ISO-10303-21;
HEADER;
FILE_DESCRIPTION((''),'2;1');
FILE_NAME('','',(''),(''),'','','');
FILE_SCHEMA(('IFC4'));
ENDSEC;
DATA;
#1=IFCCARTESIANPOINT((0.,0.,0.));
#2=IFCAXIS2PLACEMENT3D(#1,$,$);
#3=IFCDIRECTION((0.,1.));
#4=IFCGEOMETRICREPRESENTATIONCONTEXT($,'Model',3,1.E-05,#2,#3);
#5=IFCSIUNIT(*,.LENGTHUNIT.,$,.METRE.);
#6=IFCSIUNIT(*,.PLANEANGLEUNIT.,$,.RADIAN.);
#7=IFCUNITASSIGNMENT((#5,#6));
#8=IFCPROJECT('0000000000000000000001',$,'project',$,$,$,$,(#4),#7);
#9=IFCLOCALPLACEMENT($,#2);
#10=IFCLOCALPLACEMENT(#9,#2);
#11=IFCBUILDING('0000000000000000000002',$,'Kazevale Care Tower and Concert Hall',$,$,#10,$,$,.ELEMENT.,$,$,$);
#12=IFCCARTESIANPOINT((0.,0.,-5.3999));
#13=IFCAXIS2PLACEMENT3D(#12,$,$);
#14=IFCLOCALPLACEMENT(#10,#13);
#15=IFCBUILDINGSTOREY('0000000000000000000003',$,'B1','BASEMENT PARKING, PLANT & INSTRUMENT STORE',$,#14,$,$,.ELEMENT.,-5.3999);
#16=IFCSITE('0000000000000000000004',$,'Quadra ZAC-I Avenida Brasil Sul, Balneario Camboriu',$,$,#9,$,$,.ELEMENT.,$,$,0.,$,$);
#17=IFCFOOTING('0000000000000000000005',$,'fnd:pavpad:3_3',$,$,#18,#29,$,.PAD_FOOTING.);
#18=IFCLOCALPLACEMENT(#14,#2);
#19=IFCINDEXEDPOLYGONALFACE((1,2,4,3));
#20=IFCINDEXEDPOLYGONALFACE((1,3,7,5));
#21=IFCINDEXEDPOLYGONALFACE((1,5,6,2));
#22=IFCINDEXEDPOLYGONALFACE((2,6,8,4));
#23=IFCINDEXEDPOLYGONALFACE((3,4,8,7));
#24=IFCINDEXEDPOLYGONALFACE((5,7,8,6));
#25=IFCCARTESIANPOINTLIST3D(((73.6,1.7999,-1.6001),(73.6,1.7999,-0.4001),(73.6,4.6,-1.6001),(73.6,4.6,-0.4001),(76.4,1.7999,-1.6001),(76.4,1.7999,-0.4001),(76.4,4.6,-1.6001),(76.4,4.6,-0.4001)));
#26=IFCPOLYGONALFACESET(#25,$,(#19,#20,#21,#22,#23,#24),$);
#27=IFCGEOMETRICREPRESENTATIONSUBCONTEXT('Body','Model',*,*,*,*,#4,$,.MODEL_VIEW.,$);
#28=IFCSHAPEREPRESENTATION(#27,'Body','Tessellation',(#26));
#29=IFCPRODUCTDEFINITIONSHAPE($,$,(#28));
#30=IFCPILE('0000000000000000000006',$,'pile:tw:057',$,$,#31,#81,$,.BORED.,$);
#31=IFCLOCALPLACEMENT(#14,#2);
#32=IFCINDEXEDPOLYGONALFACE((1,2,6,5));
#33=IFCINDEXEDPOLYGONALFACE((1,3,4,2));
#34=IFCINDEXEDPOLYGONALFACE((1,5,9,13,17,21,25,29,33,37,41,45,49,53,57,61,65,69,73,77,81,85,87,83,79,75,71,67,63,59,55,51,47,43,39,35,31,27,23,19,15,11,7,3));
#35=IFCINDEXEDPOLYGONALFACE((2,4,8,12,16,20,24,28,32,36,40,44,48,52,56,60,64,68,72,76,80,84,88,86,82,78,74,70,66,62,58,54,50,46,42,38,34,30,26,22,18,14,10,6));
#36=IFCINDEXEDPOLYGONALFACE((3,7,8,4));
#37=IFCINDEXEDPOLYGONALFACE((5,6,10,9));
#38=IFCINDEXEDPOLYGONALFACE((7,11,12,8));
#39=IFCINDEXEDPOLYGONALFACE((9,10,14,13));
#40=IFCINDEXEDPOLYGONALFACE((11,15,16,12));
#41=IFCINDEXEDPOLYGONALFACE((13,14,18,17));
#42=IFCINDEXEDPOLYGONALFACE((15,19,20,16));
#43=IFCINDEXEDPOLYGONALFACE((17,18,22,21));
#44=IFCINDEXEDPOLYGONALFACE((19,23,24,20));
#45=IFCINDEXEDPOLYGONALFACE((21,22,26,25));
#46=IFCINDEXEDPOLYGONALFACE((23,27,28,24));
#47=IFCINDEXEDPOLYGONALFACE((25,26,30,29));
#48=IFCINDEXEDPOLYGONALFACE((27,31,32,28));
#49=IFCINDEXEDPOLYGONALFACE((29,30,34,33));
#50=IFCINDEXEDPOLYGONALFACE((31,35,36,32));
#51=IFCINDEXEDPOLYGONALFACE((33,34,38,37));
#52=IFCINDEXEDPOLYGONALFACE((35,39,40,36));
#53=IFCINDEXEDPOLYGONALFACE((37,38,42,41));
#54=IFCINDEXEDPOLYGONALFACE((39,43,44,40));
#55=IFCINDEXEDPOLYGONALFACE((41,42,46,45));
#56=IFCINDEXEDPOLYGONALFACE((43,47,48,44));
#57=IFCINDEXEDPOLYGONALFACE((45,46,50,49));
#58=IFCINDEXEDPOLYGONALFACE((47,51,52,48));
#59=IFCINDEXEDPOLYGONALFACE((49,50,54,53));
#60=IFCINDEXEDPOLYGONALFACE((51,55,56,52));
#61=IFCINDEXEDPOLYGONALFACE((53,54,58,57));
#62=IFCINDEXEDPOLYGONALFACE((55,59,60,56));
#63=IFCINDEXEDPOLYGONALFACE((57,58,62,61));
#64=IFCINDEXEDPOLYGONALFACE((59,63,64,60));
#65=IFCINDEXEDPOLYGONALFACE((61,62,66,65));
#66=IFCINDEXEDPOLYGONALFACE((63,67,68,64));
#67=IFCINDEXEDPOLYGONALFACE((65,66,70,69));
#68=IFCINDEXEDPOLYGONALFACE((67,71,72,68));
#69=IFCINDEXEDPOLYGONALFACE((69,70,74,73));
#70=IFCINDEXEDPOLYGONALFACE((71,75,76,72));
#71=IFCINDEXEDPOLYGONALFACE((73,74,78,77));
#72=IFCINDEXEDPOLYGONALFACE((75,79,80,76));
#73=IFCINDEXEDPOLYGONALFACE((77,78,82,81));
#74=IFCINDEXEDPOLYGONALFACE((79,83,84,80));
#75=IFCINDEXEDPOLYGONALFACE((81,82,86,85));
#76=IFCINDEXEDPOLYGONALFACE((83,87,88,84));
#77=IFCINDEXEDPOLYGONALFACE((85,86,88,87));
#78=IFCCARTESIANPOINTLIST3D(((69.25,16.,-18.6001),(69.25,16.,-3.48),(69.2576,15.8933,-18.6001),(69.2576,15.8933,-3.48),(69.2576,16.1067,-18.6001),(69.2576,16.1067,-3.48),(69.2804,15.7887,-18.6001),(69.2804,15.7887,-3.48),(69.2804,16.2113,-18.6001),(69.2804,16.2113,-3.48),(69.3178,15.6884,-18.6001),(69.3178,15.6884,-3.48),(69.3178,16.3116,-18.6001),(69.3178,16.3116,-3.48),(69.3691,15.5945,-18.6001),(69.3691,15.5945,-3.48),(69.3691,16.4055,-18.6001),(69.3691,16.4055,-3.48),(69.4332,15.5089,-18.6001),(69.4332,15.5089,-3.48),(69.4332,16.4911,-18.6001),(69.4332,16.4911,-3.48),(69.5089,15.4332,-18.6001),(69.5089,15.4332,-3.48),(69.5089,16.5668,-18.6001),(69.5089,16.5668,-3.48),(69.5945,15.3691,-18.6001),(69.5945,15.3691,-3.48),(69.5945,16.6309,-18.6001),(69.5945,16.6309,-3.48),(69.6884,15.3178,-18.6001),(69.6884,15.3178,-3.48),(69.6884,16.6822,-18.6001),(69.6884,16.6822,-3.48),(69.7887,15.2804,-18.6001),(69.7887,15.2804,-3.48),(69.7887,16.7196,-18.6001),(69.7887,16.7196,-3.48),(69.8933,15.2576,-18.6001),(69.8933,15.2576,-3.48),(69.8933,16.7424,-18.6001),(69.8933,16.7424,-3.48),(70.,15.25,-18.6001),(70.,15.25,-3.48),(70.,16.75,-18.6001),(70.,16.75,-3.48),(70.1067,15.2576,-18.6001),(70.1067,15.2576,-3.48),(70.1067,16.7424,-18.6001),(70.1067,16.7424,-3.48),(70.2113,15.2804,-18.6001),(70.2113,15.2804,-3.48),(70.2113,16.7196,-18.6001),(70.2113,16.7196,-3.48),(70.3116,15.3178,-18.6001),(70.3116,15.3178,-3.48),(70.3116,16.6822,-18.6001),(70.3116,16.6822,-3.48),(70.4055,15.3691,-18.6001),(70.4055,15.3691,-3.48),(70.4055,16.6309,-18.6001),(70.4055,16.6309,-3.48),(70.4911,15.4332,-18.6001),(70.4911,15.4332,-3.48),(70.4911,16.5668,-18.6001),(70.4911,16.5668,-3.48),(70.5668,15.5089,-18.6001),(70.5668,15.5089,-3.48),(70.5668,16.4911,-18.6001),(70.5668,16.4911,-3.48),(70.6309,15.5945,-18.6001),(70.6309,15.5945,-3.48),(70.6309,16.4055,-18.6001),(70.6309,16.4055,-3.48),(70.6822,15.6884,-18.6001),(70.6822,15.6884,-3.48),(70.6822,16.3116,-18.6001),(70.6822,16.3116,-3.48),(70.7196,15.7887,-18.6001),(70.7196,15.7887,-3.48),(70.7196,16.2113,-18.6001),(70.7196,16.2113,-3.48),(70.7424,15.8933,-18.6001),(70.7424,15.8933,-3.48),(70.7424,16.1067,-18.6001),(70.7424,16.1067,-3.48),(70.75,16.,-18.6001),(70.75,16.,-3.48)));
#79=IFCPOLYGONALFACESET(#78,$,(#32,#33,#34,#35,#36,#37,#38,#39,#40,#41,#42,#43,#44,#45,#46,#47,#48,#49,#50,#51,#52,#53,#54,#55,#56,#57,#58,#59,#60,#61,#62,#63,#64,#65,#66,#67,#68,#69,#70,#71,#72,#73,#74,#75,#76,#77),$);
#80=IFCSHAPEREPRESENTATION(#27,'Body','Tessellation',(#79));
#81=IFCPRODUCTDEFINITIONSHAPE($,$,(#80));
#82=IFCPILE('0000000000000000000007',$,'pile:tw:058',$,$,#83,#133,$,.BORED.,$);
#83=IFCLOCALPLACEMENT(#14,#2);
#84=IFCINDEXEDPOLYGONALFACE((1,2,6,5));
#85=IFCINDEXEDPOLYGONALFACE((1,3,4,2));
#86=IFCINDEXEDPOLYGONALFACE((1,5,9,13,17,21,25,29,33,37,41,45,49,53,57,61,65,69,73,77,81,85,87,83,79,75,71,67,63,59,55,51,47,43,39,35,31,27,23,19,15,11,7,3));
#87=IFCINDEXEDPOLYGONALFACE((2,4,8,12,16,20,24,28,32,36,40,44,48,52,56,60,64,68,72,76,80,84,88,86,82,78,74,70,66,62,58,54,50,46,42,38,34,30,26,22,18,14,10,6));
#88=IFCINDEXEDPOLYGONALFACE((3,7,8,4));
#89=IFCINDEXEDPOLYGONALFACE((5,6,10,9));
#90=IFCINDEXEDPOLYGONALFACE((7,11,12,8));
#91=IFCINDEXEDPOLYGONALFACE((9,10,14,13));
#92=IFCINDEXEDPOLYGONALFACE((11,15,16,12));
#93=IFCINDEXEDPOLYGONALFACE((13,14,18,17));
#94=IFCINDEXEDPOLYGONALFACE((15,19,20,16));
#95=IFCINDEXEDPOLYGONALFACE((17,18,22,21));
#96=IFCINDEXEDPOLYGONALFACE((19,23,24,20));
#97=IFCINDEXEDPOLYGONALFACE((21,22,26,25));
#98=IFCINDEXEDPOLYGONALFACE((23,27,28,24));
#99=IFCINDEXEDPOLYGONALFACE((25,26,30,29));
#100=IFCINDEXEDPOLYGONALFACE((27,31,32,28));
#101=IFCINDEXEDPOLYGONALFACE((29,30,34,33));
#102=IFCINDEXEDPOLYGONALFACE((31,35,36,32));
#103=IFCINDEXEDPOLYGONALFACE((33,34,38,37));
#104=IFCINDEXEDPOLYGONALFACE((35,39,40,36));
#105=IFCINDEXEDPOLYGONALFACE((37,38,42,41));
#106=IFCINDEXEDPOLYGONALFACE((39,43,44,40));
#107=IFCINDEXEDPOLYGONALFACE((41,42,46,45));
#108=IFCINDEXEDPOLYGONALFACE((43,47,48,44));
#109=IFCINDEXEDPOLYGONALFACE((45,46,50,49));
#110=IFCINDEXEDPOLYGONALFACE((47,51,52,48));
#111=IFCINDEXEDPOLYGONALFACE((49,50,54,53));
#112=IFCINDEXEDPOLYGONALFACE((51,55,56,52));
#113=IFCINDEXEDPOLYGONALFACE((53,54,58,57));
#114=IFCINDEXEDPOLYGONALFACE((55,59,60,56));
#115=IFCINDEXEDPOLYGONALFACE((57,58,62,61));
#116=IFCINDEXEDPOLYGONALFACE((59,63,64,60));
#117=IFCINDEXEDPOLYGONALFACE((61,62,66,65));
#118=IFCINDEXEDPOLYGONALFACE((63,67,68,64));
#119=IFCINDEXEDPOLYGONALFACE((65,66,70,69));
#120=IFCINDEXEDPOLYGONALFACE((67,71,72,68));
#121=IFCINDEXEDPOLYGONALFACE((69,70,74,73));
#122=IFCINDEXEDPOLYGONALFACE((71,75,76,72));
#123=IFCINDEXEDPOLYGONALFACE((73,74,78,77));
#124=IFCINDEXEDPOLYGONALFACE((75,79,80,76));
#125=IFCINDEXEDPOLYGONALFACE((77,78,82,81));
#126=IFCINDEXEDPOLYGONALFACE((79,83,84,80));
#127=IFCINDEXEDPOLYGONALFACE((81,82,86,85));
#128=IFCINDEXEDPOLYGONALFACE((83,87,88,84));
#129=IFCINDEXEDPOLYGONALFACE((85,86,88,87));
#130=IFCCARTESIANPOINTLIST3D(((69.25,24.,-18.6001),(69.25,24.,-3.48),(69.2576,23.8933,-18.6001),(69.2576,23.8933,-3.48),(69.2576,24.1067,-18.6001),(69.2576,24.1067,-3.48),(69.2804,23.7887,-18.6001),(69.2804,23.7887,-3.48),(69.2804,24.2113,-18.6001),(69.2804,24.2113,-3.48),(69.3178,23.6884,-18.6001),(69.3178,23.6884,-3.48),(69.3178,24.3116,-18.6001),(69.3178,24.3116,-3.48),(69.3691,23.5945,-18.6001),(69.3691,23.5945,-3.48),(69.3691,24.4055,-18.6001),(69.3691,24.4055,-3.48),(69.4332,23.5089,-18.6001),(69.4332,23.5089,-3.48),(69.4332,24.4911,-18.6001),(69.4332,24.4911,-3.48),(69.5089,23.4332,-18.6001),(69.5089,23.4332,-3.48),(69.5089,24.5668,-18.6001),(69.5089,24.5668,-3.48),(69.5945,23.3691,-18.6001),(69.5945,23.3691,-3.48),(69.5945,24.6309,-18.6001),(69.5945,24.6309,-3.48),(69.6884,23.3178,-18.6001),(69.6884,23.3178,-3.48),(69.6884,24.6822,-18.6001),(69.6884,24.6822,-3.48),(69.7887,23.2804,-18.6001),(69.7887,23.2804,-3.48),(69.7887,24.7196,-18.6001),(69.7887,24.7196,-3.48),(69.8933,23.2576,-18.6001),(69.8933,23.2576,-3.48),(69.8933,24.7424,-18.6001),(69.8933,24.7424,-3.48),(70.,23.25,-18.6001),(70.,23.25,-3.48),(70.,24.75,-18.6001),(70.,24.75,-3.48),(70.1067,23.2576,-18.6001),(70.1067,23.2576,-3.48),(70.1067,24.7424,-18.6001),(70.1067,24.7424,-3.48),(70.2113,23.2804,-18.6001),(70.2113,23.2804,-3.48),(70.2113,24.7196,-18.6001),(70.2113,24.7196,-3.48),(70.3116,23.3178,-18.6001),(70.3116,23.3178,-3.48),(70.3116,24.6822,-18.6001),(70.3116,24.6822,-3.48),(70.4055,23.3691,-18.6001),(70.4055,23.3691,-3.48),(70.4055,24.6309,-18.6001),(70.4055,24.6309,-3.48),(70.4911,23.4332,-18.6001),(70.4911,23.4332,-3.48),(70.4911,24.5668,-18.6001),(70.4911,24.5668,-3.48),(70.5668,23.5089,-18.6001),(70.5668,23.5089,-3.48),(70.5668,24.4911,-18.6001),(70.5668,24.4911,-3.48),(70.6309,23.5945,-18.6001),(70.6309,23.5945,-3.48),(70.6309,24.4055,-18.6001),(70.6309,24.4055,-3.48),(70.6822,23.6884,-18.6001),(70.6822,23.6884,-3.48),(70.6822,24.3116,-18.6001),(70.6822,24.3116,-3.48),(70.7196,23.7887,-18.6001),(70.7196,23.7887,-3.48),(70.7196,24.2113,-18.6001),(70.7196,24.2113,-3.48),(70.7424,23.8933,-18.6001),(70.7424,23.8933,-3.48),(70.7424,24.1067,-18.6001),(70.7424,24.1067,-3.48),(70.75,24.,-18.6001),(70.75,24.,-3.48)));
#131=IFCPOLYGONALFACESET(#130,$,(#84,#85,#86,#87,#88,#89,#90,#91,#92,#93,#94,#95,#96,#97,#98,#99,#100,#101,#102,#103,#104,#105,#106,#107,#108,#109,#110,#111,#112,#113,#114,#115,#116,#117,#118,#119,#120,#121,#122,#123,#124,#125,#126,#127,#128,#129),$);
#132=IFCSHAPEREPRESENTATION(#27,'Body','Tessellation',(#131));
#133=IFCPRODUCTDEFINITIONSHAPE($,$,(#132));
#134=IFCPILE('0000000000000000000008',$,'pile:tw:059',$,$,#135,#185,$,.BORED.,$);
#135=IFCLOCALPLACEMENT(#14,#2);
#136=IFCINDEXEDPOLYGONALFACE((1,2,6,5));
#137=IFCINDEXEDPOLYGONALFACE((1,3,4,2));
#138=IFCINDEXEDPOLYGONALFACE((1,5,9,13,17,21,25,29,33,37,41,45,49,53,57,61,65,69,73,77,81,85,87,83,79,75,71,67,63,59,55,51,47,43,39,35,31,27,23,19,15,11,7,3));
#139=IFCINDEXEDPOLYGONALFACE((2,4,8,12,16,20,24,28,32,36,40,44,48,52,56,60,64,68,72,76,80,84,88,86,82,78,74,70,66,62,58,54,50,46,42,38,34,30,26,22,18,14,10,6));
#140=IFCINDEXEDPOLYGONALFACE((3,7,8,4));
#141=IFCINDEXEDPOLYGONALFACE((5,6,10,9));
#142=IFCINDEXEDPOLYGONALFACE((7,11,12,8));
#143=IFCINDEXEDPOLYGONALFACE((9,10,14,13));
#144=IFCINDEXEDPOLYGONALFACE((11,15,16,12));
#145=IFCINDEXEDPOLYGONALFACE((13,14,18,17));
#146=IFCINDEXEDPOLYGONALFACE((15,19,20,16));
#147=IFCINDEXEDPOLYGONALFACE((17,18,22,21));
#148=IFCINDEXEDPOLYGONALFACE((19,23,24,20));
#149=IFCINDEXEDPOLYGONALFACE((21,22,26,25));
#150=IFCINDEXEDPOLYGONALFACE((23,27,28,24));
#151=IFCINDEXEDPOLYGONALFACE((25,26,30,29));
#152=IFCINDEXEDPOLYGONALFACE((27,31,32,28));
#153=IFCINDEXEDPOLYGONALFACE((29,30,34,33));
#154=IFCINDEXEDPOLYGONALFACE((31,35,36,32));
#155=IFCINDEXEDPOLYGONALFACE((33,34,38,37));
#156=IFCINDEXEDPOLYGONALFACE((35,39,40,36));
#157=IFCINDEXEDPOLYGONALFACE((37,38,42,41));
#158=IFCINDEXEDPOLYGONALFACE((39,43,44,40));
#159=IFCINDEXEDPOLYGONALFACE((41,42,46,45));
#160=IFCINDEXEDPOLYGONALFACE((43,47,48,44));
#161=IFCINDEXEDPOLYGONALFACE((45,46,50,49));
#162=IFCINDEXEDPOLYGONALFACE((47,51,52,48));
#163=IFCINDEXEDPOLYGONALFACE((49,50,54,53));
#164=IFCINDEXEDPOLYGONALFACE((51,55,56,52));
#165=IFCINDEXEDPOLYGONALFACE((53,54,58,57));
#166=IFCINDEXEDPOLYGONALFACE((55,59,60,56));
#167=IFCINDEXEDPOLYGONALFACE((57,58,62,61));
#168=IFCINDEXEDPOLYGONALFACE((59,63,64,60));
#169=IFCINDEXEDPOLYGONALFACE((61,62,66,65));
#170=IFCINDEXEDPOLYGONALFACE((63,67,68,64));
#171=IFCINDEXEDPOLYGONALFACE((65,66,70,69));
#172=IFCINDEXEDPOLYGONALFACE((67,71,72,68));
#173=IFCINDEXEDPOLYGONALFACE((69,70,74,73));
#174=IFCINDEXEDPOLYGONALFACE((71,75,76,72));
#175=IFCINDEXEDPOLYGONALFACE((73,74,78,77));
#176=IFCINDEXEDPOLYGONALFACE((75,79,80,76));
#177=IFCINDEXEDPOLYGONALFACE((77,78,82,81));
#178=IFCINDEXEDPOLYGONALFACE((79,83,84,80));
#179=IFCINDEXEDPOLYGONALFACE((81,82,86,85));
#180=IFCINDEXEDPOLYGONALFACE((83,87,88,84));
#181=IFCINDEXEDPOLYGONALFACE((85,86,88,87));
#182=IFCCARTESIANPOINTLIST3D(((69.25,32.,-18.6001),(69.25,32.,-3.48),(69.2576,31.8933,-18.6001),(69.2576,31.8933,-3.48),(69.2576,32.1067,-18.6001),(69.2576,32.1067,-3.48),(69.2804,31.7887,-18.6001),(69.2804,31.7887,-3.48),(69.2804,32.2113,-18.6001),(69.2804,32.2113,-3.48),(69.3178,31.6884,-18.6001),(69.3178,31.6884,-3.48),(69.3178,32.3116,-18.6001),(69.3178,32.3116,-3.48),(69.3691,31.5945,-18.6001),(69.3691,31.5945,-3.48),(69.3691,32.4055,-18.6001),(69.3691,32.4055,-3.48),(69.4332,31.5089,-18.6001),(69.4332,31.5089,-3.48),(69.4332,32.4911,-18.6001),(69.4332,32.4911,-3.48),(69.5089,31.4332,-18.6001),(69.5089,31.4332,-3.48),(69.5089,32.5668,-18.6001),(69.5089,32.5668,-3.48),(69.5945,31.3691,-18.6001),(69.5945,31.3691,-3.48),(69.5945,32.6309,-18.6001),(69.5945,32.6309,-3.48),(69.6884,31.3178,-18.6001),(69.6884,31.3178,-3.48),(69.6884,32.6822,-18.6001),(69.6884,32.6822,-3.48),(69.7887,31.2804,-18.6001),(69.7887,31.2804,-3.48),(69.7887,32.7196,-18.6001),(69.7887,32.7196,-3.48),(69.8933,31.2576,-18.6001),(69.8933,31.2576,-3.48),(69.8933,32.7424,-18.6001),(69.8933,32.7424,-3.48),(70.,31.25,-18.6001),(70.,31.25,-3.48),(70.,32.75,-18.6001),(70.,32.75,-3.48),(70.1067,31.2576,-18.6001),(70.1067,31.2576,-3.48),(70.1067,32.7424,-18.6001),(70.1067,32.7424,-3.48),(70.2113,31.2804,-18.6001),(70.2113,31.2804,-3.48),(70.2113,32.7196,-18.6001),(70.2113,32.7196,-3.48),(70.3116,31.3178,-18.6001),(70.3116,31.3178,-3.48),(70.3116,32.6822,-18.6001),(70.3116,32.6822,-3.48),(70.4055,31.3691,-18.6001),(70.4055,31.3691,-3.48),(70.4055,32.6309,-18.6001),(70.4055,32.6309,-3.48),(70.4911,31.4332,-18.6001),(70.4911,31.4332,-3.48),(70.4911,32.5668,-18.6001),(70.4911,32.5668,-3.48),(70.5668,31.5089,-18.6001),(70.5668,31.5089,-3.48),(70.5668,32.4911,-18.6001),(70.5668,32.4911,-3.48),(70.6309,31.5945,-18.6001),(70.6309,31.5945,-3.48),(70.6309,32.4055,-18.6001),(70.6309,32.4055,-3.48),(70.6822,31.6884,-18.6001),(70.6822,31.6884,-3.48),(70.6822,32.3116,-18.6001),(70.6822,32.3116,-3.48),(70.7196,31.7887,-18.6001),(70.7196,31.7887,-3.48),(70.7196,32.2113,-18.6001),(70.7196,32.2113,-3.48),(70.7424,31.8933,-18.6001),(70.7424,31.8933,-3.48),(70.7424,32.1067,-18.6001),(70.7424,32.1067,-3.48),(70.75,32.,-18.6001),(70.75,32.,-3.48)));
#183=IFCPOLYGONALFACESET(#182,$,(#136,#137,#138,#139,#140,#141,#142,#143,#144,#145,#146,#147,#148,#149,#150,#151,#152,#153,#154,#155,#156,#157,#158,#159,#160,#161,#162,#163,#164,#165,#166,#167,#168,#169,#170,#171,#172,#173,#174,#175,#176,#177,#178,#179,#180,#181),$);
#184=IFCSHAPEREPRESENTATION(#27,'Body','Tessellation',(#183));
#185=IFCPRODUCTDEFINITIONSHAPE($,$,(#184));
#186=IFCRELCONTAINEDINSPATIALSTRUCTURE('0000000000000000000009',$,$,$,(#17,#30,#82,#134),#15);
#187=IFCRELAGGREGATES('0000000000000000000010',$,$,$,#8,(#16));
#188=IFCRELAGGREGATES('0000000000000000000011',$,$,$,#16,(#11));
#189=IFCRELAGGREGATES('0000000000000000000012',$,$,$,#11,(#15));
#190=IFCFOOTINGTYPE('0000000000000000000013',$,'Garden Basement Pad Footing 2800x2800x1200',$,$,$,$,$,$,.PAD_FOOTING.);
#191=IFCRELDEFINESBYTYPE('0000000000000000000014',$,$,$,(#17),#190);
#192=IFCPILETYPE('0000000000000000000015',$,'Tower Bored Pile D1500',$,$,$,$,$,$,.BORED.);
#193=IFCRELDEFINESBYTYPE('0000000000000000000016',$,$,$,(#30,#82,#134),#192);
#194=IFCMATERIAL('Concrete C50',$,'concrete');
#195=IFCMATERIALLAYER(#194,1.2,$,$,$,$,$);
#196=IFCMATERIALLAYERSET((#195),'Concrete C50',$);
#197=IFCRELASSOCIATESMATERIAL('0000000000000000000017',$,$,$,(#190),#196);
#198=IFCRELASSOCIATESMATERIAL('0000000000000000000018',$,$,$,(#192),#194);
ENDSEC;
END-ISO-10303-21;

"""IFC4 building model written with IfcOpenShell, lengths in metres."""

from ifc_helpers import new_model, si_unit, direction, frame, origin, origin_2d, place, context, subcontext, project, spatial, rectangle, circle, extrude, material, layer, layer_set, material_profile, profile_set, type_object, element, save


model = new_model("IFC4")

# Units and contexts
model_context = context("Model", 3, precision=1e-05, world=origin(), true_north=direction((0.0, 1.0)))
body_context = subcontext(model_context, "Body", "Model", "MODEL_VIEW")
ifc_project = project(units=[si_unit("LENGTHUNIT", "METRE"), si_unit("PLANEANGLEUNIT", "RADIAN")], contexts=[model_context])

# Site, building, storey
site_placement = place(None, origin())
site = spatial("IfcSite", under=ifc_project, at=site_placement, Name="Quadra ZAC-I Avenida Brasil Sul, Balneario Camboriu", CompositionType="ELEMENT", RefElevation=0.0)
building_placement = place(site_placement, origin())
building = spatial("IfcBuilding", under=site, at=building_placement, Name="Kazevale Care Tower and Concert Hall", CompositionType="ELEMENT")
storey_placement = place(building_placement, frame((0.0, 0.0, -5.3999)))
storey = spatial("IfcBuildingStorey", under=building, at=storey_placement, Name="B1", Description="BASEMENT PARKING, PLANT & INSTRUMENT STORE", CompositionType="ELEMENT", Elevation=-5.3999)

# Footing
ifc_material_1 = material(Name="Concrete C50", Category="concrete")
ifc_layer_1 = layer(ifc_material_1, 1.2)
ifc_layer_set_1 = layer_set([ifc_layer_1], Name="Concrete C50")
footing_type = type_object("IfcFootingType", Name="Garden Basement Pad Footing 2800x2800x1200", PredefinedType="PAD_FOOTING", material=ifc_layer_set_1)
footing_placement = place(storey_placement, frame((75.0, 3.2, -1.6001), z_axis=(0.0, 0.0, 1.0), x_axis=(1.0, 0.0, 0.0)))
element("IfcFooting", 1, at=footing_placement, inside=storey, type_object=footing_type, Name="fnd:pavpad:3_3", PredefinedType="PAD_FOOTING", context=body_context, shape_type="SweptSolid", body=[
    extrude(rectangle(XDim=2.8, YDim=2.8, at=origin_2d()), origin(), (0.0, 0.0, 1.0), 1.2),
])

# Piles
ifc_material_profile_1 = material_profile(ifc_material_1, circle(Radius=0.75, at=origin_2d()), Name="PILE-D1500")
ifc_profile_set_1 = profile_set([ifc_material_profile_1], Name="Concrete C50")
pile_type = type_object("IfcPileType", Name="Tower Bored Pile D1500", PredefinedType="BORED", material=ifc_profile_set_1)
for number, where, z_axis, x_axis, name in (
    (2, (70.0, 16.0, -3.48), (0.0, 0.0, -1.0), (1.0, 0.0, 0.0), "pile:tw:057"),
    (3, (70.0, 24.0, -3.48), (0.0, 0.0, -1.0), (1.0, 0.0, 0.0), "pile:tw:058"),
    (4, (70.0, 32.0, -3.48), (0.0, 0.0, -1.0), (1.0, 0.0, 0.0), "pile:tw:059"),
):
    element("IfcPile", number, at=place(storey_placement, frame(where, z_axis=z_axis, x_axis=x_axis)), inside=storey, type_object=pile_type, Name=name, PredefinedType="BORED", context=body_context, shape_type="SweptSolid", body=[
        extrude(circle(Radius=0.75, at=origin_2d()), origin(), (0.0, 0.0, 1.0), 15.1201),
    ])

save(model, "model.ifc")
